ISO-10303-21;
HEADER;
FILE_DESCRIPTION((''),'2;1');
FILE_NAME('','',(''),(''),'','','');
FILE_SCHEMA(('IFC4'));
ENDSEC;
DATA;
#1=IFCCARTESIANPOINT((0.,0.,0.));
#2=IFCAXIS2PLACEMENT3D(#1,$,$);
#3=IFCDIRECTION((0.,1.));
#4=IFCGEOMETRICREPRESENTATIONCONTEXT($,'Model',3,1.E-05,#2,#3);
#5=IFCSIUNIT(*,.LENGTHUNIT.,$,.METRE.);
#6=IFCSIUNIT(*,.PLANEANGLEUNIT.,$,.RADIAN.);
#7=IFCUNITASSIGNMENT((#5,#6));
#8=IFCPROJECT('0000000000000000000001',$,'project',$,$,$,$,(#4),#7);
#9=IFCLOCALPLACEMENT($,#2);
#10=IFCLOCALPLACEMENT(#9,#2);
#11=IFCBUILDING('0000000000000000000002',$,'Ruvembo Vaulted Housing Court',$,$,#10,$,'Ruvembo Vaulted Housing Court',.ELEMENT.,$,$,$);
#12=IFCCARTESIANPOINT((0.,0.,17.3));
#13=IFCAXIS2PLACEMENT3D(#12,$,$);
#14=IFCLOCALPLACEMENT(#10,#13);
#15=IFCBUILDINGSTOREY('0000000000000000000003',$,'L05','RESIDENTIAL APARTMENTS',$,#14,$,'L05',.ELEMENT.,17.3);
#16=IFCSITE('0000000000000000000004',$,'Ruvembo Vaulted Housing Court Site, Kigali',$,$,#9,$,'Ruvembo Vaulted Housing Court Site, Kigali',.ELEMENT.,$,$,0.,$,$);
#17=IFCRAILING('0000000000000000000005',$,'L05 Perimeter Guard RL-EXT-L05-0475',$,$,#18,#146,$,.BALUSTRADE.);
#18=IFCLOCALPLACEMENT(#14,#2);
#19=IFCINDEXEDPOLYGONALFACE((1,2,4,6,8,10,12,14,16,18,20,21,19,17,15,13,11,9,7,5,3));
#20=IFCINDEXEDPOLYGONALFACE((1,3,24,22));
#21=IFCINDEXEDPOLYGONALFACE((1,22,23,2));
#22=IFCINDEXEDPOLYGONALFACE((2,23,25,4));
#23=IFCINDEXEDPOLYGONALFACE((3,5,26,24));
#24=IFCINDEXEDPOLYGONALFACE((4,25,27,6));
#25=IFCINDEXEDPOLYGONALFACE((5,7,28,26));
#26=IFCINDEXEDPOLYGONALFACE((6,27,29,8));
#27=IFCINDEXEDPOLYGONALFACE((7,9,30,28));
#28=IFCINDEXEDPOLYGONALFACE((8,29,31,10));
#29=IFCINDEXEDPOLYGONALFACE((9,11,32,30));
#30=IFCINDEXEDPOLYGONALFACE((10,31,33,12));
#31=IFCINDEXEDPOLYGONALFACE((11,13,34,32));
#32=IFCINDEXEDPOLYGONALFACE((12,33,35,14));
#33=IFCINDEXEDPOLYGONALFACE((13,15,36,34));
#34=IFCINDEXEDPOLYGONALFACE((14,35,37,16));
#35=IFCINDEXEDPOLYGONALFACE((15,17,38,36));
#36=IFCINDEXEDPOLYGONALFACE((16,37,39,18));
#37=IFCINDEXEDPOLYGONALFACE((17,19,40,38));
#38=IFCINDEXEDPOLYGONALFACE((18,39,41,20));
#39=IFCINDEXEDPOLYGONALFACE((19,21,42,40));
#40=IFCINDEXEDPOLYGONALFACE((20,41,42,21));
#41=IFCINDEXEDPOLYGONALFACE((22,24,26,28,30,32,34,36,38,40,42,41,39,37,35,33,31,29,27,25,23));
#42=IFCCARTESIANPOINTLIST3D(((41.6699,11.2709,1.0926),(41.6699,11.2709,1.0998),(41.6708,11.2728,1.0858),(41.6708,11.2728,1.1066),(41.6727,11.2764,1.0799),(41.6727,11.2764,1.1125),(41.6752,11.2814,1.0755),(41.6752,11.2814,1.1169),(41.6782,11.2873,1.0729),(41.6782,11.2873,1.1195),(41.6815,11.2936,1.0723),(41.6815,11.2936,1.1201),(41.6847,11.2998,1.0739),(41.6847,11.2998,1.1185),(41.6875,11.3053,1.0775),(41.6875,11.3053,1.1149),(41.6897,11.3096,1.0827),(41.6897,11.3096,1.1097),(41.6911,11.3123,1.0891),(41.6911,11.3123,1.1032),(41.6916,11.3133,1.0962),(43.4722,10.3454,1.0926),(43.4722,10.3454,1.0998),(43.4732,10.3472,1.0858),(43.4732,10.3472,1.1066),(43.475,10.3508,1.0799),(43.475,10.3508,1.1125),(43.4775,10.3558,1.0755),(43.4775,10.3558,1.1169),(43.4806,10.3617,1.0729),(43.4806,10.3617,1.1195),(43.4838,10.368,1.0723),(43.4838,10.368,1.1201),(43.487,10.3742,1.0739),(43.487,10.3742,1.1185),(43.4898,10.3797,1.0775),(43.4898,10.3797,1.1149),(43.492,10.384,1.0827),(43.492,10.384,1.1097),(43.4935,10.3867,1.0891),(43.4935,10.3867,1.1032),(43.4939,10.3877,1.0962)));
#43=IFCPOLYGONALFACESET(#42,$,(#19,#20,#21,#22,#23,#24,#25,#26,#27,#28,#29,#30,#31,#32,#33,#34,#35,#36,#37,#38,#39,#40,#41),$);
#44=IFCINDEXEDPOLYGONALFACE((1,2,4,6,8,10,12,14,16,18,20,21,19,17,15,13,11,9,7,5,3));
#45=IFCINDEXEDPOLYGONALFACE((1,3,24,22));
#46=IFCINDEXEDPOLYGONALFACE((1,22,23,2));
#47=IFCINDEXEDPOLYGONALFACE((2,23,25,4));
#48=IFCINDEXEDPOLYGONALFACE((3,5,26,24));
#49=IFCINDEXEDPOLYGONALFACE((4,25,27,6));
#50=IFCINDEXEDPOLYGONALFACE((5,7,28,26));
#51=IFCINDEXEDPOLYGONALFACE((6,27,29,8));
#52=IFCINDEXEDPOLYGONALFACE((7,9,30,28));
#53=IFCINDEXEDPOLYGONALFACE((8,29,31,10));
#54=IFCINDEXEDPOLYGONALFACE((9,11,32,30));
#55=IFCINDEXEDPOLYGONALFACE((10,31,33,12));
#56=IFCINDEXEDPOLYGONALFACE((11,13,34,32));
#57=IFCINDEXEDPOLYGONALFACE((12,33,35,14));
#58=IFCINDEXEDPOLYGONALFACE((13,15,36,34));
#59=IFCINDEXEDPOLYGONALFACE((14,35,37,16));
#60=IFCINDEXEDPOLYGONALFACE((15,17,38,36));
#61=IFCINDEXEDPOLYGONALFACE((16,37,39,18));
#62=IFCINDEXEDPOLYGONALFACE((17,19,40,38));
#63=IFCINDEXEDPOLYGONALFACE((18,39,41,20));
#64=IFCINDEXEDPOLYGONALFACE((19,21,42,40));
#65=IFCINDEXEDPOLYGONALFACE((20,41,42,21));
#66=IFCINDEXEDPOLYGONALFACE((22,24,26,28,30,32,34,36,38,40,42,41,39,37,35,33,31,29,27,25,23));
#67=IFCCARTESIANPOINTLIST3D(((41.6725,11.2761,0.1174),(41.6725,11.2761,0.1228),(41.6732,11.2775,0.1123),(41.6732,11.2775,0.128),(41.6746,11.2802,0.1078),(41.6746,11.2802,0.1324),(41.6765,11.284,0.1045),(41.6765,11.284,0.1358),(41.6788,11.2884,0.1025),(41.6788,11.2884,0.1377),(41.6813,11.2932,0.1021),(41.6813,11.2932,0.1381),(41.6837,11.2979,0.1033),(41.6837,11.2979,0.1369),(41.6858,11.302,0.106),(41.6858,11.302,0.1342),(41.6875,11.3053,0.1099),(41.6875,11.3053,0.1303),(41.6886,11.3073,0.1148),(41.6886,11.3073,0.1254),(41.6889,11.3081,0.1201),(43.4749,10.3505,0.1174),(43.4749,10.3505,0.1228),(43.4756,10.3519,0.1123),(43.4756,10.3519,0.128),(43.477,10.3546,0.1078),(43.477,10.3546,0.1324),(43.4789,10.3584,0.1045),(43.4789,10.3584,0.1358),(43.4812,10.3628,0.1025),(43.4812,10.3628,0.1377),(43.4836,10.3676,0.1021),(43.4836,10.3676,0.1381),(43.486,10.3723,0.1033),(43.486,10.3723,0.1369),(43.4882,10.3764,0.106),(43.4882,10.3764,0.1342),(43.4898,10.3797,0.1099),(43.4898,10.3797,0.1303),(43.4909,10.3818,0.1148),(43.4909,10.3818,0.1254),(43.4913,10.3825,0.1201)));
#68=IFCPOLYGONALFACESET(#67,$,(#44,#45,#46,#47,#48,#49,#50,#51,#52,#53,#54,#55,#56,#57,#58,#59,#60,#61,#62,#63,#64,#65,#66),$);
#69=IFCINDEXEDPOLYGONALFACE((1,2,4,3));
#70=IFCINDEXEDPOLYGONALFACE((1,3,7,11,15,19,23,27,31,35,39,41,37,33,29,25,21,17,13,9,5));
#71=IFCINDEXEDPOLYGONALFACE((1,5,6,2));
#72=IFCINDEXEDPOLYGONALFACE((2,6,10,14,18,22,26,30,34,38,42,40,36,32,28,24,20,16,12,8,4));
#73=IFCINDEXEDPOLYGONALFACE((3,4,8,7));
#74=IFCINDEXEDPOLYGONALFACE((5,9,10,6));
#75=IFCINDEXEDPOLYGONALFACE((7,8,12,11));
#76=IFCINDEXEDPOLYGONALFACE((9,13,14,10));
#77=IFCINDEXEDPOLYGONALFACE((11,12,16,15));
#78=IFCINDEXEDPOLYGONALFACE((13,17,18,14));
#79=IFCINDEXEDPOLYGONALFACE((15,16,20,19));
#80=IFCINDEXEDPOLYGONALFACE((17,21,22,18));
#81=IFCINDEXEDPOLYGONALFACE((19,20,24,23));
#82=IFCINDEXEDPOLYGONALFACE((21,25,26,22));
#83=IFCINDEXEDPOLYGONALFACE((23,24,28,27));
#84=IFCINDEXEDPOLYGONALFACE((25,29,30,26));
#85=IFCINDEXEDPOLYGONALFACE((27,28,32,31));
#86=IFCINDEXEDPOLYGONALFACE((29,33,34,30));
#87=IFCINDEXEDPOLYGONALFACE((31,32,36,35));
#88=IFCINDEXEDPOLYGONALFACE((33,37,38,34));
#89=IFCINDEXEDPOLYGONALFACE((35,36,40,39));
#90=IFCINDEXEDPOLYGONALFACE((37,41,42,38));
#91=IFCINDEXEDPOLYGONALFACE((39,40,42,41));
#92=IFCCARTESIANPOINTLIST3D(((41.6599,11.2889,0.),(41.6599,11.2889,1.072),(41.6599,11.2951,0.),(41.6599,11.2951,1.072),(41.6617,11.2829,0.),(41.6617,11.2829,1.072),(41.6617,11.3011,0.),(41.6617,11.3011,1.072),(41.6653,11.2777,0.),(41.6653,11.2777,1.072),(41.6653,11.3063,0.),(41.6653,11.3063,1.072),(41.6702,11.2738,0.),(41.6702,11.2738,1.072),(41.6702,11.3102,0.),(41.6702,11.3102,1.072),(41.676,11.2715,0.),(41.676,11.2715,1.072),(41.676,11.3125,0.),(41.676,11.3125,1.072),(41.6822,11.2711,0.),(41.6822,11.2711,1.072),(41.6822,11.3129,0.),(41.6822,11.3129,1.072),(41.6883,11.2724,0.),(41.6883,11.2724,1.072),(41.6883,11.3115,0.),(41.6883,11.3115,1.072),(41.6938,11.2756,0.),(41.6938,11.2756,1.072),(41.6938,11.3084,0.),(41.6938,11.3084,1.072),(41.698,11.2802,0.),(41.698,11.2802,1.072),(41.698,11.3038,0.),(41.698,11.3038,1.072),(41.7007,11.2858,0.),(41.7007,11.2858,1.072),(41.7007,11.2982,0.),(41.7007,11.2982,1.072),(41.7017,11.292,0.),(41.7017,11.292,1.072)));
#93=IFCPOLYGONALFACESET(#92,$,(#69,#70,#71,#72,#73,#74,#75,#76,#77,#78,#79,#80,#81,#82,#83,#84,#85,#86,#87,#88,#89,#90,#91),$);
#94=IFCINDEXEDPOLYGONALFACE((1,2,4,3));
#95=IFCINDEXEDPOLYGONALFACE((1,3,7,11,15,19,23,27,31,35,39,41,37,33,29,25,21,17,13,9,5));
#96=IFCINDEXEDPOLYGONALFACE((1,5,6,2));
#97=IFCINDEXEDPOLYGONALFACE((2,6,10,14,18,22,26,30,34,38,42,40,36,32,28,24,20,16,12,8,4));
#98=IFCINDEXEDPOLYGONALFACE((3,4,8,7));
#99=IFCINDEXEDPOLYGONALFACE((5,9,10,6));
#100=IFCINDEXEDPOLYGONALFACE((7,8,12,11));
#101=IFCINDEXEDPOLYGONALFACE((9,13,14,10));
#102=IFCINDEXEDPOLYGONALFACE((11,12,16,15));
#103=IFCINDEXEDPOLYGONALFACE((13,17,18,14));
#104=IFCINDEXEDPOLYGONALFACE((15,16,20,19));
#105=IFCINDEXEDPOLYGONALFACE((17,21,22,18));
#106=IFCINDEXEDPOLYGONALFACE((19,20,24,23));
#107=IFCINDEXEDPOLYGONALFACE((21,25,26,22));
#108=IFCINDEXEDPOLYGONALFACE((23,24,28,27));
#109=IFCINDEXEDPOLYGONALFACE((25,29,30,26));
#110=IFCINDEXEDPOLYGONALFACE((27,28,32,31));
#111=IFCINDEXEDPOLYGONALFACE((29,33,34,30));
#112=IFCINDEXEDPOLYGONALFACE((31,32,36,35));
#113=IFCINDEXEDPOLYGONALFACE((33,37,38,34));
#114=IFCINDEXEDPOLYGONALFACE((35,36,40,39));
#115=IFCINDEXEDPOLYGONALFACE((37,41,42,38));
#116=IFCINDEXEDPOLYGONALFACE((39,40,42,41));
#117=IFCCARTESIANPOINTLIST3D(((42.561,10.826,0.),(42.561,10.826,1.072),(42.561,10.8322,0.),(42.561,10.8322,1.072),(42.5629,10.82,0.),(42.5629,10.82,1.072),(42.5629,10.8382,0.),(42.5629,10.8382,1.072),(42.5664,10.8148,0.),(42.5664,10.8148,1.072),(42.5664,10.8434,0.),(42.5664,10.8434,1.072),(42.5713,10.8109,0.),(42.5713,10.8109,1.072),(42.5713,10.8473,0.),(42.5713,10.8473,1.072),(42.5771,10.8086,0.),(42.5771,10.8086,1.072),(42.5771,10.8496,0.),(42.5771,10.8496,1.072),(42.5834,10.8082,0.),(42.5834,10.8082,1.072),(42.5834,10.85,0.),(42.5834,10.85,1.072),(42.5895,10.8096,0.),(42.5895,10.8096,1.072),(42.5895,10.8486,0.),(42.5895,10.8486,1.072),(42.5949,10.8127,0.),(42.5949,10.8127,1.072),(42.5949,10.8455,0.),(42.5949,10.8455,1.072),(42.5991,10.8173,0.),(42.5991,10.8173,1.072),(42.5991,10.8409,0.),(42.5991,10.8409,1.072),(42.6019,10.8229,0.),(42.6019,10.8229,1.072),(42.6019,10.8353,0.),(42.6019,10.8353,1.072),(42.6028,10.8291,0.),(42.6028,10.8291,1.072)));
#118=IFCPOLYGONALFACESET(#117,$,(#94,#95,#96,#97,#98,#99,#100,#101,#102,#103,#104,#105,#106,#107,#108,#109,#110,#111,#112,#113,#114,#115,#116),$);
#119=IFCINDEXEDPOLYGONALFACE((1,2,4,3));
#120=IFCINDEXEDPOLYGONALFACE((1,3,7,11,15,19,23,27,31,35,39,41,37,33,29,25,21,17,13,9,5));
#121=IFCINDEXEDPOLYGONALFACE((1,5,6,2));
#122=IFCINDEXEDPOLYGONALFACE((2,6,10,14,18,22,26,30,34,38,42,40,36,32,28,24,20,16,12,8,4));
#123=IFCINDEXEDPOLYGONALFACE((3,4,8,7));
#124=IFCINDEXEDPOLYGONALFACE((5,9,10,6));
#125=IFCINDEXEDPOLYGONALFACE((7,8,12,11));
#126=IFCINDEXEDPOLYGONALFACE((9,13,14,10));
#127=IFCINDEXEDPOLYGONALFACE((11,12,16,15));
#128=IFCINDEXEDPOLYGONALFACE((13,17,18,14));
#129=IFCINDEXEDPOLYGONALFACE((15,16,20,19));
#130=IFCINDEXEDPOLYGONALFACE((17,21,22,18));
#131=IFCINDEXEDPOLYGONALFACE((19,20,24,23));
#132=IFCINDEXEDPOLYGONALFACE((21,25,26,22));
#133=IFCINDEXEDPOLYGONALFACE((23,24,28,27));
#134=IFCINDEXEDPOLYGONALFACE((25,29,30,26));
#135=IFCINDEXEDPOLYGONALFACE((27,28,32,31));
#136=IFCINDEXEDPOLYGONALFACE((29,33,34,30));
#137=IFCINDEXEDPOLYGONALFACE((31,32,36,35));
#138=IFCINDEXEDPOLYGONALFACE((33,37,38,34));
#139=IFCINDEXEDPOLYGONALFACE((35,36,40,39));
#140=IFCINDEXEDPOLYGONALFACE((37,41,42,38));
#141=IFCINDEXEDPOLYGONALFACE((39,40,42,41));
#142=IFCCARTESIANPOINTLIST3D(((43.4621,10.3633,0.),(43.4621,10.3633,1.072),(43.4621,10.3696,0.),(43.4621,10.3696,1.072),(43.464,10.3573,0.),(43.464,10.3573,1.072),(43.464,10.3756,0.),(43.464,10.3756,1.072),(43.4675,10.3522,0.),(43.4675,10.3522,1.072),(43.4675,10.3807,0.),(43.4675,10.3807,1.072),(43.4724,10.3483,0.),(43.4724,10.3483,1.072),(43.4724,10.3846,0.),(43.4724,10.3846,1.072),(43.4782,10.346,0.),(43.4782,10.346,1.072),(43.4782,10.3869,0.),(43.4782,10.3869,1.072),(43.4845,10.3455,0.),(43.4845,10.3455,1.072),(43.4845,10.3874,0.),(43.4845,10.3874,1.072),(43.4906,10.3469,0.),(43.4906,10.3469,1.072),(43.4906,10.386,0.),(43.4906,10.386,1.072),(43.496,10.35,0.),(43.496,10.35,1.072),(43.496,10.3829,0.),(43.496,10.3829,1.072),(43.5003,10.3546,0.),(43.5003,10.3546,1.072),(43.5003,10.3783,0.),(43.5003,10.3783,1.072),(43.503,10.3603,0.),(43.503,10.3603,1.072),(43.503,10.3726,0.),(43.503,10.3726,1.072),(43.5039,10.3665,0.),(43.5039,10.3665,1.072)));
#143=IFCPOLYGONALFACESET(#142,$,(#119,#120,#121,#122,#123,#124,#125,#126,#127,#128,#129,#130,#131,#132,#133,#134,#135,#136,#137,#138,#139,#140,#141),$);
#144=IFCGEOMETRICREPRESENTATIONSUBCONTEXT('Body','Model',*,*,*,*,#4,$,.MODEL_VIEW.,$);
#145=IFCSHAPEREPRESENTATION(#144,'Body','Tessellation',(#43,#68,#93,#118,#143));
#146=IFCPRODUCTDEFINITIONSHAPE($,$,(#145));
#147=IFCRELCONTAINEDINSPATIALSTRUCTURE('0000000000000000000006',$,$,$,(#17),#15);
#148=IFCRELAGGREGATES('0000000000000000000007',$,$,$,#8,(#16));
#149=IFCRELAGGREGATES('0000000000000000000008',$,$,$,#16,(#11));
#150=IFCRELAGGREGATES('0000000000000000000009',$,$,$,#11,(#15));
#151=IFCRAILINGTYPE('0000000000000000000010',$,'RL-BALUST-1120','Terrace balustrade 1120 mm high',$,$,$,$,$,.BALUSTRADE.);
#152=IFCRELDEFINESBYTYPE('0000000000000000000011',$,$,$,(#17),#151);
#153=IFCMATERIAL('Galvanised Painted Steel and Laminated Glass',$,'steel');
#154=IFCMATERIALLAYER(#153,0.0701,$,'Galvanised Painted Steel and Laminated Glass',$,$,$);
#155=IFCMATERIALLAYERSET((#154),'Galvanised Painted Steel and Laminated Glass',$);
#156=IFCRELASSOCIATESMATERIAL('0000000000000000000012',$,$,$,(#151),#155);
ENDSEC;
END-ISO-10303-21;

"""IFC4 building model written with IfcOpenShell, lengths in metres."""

from ifc_helpers import new_model, si_unit, direction, frame, origin, origin_2d, place, context, subcontext, project, spatial, circle, extrude, material, layer, layer_set, type_object, element, save


model = new_model("IFC4")

# Units and contexts
model_context = context("Model", 3, precision=1e-05, world=origin(), true_north=direction((0.0, 1.0)))
body_context = subcontext(model_context, "Body", "Model", "MODEL_VIEW")
ifc_project = project(units=[si_unit("LENGTHUNIT", "METRE"), si_unit("PLANEANGLEUNIT", "RADIAN")], contexts=[model_context])

# Site, building, storey
site_placement = place(None, origin())
site = spatial("IfcSite", under=ifc_project, at=site_placement, Name="Ruvembo Vaulted Housing Court Site, Kigali", LongName="Ruvembo Vaulted Housing Court Site, Kigali", CompositionType="ELEMENT", RefElevation=0.0)
building_placement = place(site_placement, origin())
building = spatial("IfcBuilding", under=site, at=building_placement, Name="Ruvembo Vaulted Housing Court", LongName="Ruvembo Vaulted Housing Court", CompositionType="ELEMENT")
storey_placement = place(building_placement, frame((0.0, 0.0, 17.3)))
storey = spatial("IfcBuildingStorey", under=building, at=storey_placement, Name="L05", Description="RESIDENTIAL APARTMENTS", LongName="L05", CompositionType="ELEMENT", Elevation=17.3)

# Railing
ifc_material_1 = material(Name="Galvanised Painted Steel and Laminated Glass", Category="steel")
ifc_layer_1 = layer(ifc_material_1, 0.0701, Name="Galvanised Painted Steel and Laminated Glass")
ifc_layer_set_1 = layer_set([ifc_layer_1], Name="Galvanised Painted Steel and Laminated Glass")
railing_type = type_object("IfcRailingType", Name="RL-BALUST-1120", Description="Terrace balustrade 1120 mm high", PredefinedType="BALUSTRADE", material=ifc_layer_set_1)
railing_placement = place(storey_placement, frame((41.6807, 11.292, 0.0)))
element("IfcRailing", 1, at=railing_placement, inside=storey, type_object=railing_type, Name="L05 Perimeter Guard RL-EXT-L05-0475", PredefinedType="BALUSTRADE", context=body_context, shape_type="SweptSolid", body=[
    extrude(circle(Radius=0.0239, at=origin_2d()), frame((0.0, 0.0, 1.0962), z_axis=(0.889555, -0.456828, 0.0), x_axis=(0.456828, 0.889555, 0.0)), (0.0, 0.0, 1.0), 2.0261),
    extrude(circle(Radius=0.0181, at=origin_2d()), frame((0.0, 0.0, 0.1201), z_axis=(0.889555, -0.456828, 0.0), x_axis=(0.456828, 0.889555, 0.0)), (0.0, 0.0, 1.0), 2.0261),
    extrude(circle(Radius=0.021, at=origin_2d()), origin(), (0.0, 0.0, 1.0), 1.072),
    extrude(circle(Radius=0.021, at=origin_2d()), frame((0.9011, -0.4629, 0.0)), (0.0, 0.0, 1.0), 1.072),
    extrude(circle(Radius=0.021, at=origin_2d()), frame((1.8022, -0.9255, 0.0)), (0.0, 0.0, 1.0), 1.072),
])

save(model, "model.ifc")
